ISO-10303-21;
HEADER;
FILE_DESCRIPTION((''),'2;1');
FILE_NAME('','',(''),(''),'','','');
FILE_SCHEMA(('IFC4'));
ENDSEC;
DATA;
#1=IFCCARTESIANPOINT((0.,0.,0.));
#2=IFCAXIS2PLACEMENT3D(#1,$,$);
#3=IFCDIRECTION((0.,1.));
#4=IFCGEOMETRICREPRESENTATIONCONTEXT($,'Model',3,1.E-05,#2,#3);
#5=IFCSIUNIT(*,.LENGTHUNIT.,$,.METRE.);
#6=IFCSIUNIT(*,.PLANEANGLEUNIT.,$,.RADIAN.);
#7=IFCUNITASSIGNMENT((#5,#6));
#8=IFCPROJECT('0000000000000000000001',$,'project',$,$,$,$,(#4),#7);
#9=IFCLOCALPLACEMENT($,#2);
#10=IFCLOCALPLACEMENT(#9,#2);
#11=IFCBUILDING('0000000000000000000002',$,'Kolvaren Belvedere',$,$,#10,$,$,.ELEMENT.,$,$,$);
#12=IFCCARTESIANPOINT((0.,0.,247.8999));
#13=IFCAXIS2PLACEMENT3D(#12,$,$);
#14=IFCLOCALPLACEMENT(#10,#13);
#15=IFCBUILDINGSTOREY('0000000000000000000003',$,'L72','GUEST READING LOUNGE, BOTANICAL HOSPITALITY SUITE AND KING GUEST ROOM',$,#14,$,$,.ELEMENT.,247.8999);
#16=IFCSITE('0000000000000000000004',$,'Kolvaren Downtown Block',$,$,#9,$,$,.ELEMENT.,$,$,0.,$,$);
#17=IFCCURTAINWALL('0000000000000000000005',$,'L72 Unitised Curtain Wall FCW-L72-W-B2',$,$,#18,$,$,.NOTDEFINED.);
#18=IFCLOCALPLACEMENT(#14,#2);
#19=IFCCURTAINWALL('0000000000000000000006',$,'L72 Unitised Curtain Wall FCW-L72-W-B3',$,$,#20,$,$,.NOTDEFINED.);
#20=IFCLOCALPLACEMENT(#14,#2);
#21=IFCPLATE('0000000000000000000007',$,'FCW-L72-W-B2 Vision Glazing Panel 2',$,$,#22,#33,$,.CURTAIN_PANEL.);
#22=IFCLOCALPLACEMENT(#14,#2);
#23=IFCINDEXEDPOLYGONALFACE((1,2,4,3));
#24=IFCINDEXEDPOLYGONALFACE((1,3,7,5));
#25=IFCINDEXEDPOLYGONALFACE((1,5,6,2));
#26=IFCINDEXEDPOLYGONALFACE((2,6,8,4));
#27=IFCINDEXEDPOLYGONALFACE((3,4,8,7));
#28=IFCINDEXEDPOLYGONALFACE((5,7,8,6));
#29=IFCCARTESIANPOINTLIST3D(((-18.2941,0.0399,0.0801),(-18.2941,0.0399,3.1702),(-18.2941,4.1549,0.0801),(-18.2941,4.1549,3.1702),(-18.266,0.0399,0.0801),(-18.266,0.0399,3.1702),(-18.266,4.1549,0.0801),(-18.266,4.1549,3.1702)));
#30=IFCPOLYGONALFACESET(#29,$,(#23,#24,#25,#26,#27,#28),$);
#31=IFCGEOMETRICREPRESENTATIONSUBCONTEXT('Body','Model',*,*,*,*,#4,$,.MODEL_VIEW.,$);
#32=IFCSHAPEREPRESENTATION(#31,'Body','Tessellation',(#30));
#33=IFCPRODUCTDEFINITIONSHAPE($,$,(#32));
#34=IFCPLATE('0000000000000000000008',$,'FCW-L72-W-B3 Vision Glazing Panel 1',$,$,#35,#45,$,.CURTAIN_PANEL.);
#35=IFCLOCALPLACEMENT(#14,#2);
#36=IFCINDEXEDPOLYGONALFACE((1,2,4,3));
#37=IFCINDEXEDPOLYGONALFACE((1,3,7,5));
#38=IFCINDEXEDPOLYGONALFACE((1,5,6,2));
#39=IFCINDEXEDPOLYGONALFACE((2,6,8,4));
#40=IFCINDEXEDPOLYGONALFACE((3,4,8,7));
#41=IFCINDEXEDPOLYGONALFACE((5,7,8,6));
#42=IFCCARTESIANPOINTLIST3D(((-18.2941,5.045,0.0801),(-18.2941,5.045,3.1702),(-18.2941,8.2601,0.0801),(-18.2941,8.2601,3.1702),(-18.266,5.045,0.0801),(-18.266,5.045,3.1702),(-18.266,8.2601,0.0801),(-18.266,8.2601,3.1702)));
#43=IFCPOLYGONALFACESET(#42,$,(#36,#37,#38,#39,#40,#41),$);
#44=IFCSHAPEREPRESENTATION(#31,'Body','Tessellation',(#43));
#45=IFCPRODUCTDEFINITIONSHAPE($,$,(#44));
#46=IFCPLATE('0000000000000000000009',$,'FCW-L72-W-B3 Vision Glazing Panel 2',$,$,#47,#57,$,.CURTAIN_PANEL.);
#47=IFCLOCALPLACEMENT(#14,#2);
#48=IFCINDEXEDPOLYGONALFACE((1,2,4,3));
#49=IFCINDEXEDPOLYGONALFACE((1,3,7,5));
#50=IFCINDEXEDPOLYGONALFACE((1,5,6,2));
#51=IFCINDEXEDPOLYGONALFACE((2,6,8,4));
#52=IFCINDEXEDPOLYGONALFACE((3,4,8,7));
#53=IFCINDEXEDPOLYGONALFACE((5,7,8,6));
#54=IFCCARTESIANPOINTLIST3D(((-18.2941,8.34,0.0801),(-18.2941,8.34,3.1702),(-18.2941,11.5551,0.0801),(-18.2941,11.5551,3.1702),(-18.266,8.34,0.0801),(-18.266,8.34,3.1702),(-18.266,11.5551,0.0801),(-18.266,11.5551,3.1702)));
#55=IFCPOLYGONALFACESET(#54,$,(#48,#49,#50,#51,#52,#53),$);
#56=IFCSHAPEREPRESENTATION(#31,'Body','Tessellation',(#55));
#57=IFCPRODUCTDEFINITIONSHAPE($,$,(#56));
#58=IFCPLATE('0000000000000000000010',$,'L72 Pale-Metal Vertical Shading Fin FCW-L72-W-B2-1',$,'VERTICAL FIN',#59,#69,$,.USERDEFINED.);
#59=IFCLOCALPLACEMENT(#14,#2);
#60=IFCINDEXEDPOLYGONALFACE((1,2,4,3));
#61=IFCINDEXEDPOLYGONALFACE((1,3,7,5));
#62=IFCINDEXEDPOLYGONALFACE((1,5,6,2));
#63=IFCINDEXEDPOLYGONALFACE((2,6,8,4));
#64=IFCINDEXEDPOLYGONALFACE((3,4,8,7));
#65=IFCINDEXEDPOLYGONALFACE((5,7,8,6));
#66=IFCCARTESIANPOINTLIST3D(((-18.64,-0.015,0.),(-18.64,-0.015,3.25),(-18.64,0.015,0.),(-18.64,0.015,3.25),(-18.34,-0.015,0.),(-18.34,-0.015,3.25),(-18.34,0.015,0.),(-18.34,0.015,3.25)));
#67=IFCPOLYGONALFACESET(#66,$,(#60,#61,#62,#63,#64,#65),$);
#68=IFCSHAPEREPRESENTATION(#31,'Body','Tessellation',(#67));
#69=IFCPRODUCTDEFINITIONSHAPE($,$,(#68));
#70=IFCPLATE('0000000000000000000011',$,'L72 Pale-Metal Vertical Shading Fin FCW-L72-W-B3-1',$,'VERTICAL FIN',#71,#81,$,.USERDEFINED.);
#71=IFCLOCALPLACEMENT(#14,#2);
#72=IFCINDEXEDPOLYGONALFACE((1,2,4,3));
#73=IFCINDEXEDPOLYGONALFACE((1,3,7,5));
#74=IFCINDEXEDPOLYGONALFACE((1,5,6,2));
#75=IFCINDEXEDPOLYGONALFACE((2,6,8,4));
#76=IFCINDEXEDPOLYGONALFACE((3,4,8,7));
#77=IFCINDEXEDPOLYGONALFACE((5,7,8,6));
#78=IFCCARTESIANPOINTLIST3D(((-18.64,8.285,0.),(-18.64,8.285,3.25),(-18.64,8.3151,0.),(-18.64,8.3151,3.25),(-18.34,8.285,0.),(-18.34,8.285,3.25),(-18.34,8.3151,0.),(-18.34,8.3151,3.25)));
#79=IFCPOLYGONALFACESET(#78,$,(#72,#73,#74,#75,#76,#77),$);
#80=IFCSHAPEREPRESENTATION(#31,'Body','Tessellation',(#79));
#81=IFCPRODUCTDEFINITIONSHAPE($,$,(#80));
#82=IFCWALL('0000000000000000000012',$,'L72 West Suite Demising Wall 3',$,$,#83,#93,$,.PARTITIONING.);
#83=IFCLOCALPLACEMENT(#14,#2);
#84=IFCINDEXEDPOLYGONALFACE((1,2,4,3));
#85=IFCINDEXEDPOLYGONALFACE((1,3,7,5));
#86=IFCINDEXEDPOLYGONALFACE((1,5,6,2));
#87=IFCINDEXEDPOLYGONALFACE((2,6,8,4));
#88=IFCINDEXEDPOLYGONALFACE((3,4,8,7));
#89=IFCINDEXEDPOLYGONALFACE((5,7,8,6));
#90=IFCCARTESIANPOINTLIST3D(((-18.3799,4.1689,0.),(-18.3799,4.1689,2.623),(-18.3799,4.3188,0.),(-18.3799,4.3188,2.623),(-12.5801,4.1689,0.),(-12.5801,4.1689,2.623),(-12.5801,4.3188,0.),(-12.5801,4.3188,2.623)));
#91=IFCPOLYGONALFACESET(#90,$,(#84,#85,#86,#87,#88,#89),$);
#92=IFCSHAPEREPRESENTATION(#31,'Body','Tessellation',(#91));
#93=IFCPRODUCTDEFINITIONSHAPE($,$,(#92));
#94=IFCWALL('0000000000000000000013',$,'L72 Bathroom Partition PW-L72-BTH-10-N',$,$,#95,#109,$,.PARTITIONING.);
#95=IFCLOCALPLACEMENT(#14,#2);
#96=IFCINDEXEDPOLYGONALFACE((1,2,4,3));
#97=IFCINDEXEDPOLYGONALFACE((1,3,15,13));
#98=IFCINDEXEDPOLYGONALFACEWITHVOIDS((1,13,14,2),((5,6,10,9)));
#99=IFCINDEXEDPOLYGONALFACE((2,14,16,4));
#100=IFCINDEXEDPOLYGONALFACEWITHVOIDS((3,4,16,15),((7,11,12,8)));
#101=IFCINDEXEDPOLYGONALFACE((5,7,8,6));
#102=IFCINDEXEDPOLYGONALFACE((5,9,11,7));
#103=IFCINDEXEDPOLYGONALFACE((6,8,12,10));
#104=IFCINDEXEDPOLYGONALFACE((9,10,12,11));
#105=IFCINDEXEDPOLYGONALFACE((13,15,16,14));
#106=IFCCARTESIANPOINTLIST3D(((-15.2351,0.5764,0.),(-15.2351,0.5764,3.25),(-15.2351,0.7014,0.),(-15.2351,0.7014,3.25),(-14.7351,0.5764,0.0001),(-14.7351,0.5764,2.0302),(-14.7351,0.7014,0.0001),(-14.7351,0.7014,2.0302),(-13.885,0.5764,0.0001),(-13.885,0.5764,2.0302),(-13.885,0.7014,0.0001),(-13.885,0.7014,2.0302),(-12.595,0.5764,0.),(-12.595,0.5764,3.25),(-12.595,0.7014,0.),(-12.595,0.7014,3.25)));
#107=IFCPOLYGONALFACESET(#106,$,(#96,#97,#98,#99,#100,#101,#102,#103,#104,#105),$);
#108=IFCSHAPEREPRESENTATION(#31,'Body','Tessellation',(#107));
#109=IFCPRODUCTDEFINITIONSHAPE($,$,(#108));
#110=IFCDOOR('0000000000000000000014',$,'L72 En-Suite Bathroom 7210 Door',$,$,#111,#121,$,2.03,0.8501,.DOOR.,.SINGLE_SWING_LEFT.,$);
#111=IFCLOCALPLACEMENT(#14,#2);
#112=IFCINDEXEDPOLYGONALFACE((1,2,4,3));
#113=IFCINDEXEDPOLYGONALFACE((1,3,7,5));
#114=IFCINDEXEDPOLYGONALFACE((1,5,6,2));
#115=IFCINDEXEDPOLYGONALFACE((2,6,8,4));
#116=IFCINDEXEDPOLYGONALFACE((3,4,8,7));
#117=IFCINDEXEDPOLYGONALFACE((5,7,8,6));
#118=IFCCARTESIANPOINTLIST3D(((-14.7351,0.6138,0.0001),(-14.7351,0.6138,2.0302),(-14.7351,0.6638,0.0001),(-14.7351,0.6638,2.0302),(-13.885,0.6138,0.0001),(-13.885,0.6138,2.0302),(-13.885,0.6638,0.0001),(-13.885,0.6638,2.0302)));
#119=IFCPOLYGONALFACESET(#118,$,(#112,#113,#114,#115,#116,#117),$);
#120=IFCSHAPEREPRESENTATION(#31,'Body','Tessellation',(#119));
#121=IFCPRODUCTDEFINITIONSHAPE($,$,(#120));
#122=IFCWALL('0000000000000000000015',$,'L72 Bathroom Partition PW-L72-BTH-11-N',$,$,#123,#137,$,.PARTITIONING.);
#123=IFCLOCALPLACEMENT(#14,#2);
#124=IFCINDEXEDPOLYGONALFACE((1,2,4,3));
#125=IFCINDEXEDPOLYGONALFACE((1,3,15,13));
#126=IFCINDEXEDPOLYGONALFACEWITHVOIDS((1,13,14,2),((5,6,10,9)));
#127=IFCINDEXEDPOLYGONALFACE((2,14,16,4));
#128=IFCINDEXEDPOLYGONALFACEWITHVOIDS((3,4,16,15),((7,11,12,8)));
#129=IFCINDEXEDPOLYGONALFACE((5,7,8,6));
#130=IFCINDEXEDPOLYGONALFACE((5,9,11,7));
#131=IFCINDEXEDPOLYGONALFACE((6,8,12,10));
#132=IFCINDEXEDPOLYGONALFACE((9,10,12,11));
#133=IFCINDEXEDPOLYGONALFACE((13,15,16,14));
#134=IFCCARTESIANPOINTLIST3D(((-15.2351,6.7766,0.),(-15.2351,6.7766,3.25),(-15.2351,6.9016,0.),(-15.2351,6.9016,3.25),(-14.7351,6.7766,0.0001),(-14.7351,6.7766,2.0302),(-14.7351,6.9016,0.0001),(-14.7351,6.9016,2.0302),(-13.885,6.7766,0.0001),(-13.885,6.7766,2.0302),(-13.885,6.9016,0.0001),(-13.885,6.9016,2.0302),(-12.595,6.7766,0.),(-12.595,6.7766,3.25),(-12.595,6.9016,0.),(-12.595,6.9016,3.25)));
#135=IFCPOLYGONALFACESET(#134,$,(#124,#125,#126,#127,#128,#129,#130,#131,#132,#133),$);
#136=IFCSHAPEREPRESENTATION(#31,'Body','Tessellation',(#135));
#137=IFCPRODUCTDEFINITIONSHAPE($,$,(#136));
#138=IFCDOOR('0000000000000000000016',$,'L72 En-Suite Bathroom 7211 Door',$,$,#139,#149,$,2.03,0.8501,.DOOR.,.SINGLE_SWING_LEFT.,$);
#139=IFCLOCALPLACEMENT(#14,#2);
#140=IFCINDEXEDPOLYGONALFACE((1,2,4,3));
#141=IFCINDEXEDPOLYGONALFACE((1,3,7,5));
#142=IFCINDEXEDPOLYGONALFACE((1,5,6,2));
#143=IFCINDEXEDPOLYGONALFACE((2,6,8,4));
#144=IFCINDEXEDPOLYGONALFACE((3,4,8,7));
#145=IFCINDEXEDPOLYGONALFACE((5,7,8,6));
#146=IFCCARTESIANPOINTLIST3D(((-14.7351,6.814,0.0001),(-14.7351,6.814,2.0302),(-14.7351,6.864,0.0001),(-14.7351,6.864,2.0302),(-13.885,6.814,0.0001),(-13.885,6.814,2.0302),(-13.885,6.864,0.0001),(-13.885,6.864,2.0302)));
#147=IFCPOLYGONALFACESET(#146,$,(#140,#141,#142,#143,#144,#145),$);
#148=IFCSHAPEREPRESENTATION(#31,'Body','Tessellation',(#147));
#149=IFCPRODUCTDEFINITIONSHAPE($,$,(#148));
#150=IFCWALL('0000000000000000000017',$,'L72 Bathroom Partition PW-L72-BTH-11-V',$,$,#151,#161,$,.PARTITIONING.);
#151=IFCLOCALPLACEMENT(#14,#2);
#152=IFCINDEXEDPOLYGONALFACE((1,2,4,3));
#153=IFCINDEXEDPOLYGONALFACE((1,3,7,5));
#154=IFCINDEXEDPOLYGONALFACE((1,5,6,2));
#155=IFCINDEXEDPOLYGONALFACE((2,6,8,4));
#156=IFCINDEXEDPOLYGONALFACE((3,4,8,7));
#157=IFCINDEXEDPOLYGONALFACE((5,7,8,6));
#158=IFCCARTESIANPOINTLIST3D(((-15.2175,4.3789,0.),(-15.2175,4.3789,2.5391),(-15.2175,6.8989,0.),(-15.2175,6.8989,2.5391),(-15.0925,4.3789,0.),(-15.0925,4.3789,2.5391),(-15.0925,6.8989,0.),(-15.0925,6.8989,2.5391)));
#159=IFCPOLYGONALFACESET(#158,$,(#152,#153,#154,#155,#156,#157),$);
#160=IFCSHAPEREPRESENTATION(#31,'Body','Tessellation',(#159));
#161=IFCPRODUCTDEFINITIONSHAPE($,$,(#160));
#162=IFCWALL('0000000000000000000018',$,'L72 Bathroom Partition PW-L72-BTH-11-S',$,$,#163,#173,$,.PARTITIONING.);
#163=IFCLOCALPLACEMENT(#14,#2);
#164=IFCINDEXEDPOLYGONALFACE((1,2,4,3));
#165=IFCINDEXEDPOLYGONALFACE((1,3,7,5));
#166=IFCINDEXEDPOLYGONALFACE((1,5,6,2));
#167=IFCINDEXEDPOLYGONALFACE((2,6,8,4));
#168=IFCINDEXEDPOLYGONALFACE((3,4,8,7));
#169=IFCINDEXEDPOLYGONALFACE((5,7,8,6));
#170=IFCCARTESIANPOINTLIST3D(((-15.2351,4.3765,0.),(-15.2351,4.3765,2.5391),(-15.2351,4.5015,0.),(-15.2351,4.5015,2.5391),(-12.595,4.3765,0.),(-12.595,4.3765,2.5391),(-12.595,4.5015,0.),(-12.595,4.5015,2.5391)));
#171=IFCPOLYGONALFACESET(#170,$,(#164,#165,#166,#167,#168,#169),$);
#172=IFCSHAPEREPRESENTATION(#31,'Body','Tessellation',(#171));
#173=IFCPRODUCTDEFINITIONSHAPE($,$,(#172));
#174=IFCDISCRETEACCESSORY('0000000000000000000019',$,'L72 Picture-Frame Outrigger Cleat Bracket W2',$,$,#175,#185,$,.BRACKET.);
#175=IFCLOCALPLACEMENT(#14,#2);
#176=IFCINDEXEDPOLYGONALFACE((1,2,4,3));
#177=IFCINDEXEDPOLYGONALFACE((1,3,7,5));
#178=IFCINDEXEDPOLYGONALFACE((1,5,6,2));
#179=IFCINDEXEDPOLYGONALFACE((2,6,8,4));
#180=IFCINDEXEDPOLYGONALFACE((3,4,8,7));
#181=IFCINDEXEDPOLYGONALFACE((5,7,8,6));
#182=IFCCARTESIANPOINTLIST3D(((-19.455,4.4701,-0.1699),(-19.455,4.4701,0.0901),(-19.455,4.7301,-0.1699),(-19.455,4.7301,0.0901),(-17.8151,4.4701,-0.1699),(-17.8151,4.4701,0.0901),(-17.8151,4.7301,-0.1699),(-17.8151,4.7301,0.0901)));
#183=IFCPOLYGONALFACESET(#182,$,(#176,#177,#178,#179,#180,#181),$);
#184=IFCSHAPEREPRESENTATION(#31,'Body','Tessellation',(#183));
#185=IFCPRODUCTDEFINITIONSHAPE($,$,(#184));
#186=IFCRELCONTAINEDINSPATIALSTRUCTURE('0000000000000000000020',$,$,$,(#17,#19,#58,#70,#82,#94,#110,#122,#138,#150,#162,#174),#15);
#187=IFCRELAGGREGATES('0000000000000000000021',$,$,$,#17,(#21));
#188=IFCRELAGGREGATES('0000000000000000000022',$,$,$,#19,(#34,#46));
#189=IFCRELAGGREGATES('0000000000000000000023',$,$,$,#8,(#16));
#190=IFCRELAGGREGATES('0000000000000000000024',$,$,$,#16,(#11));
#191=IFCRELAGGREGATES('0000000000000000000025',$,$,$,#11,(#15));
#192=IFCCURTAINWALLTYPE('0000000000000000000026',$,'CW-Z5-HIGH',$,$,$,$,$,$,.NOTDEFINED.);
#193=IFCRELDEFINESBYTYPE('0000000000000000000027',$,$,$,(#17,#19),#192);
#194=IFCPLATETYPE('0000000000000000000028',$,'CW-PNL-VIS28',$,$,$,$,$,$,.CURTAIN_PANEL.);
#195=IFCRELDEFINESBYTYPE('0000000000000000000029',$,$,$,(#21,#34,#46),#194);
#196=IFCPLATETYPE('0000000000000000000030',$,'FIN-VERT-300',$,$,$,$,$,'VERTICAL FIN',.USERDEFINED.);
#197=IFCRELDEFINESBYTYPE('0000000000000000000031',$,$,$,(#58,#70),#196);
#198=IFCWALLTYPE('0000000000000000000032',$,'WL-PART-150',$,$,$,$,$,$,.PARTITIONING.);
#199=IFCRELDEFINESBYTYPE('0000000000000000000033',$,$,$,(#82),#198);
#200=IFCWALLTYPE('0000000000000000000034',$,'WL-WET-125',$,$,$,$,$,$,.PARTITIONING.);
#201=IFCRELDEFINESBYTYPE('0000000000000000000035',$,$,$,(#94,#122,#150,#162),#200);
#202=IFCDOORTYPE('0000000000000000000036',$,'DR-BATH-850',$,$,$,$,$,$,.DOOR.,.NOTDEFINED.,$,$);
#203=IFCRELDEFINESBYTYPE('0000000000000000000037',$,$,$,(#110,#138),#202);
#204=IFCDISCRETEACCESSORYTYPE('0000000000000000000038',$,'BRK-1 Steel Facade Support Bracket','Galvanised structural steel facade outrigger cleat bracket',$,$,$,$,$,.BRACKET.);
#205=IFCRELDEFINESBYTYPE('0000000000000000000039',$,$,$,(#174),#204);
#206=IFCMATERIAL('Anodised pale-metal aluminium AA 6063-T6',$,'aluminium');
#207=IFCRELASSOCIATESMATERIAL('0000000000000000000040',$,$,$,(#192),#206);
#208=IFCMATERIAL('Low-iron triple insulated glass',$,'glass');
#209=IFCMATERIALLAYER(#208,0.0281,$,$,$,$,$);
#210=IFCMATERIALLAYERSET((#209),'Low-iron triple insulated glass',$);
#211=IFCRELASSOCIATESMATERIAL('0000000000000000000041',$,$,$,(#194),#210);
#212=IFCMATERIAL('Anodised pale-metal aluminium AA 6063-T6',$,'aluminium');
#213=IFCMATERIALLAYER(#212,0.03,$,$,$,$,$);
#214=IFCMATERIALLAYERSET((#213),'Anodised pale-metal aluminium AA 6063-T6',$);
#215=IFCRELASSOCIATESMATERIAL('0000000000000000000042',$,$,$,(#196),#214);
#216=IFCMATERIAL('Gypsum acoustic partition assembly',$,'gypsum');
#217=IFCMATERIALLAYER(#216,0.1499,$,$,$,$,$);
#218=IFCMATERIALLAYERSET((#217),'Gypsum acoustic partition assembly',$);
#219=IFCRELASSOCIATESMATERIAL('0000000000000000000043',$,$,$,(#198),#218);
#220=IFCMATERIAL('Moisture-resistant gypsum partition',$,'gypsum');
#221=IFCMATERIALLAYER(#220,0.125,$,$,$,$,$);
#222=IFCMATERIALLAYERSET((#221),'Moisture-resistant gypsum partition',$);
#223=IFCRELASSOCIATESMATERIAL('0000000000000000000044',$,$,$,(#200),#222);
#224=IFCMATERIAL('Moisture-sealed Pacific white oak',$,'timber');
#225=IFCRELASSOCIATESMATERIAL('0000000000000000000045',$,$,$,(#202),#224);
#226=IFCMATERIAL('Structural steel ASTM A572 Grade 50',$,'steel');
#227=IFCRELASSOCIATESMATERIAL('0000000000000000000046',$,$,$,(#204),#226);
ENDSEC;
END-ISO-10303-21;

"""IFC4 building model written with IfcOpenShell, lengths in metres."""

from ifc_helpers import new_model, si_unit, direction, frame, frame_2d, origin, origin_2d, place, context, subcontext, project, spatial, rectangle, extrude, material, layer, layer_set, type_object, element, fill, aggregate, save


model = new_model("IFC4")

# Units and contexts
model_context = context("Model", 3, precision=1e-05, world=origin(), true_north=direction((0.0, 1.0)))
body_context = subcontext(model_context, "Body", "Model", "MODEL_VIEW")
ifc_project = project(units=[si_unit("LENGTHUNIT", "METRE"), si_unit("PLANEANGLEUNIT", "RADIAN")], contexts=[model_context])

# Site, building, storey
site_placement = place(None, origin())
site = spatial("IfcSite", under=ifc_project, at=site_placement, Name="Kolvaren Downtown Block", CompositionType="ELEMENT", RefElevation=0.0)
building_placement = place(site_placement, origin())
building = spatial("IfcBuilding", under=site, at=building_placement, Name="Kolvaren Belvedere", CompositionType="ELEMENT")
storey_placement = place(building_placement, frame((0.0, 0.0, 247.8999)))
storey = spatial("IfcBuildingStorey", under=building, at=storey_placement, Name="L72", Description="GUEST READING LOUNGE, BOTANICAL HOSPITALITY SUITE AND KING GUEST ROOM", CompositionType="ELEMENT", Elevation=247.8999)

# Curtain walls
ifc_material_1 = material(Name="Anodised pale-metal aluminium AA 6063-T6", Category="aluminium")
curtain_wall_type = type_object("IfcCurtainWallType", Name="CW-Z5-HIGH", PredefinedType="NOTDEFINED", material=ifc_material_1)
curtain_wall_1_placement = place(storey_placement, origin())
curtain_wall_1 = element("IfcCurtainWall", 1, at=curtain_wall_1_placement, inside=storey, type_object=curtain_wall_type, Name="L72 Unitised Curtain Wall FCW-L72-W-B2", PredefinedType="NOTDEFINED")
curtain_wall_2_placement = place(storey_placement, origin())
curtain_wall_2 = element("IfcCurtainWall", 2, at=curtain_wall_2_placement, inside=storey, type_object=curtain_wall_type, Name="L72 Unitised Curtain Wall FCW-L72-W-B3", PredefinedType="NOTDEFINED")

# Plates
ifc_material_2 = material(Name="Low-iron triple insulated glass", Category="glass")
ifc_layer_1 = layer(ifc_material_2, 0.0281)
ifc_layer_set_1 = layer_set([ifc_layer_1], Name="Low-iron triple insulated glass")
plate_type_1 = type_object("IfcPlateType", Name="CW-PNL-VIS28", PredefinedType="CURTAIN_PANEL", material=ifc_layer_set_1)
plate_1_placement = place(storey_placement, frame((-18.28, 2.0974, 0.0801), z_axis=(0.0, 0.0, 1.0), x_axis=(0.0, 1.0, 0.0)))
plate_1 = element("IfcPlate", 3, at=plate_1_placement, type_object=plate_type_1, Name="FCW-L72-W-B2 Vision Glazing Panel 2", PredefinedType="CURTAIN_PANEL", context=body_context, shape_type="SweptSolid", body=[
    extrude(rectangle(XDim=4.115, YDim=0.0281, at=origin_2d()), origin(), (0.0, 0.0, 1.0), 3.0901),
])
aggregate(curtain_wall_1, [plate_1])
plate_2_placement = place(storey_placement, frame((-18.28, 6.6526, 0.0801), z_axis=(0.0, 0.0, 1.0), x_axis=(0.0, 1.0, 0.0)))
plate_2 = element("IfcPlate", 4, at=plate_2_placement, type_object=plate_type_1, Name="FCW-L72-W-B3 Vision Glazing Panel 1", PredefinedType="CURTAIN_PANEL", context=body_context, shape_type="SweptSolid", body=[
    extrude(rectangle(XDim=3.2151, YDim=0.0281, at=origin_2d()), origin(), (0.0, 0.0, 1.0), 3.0901),
])
plate_3_placement = place(storey_placement, frame((-18.28, 9.9475, 0.0801), z_axis=(0.0, 0.0, 1.0), x_axis=(0.0, 1.0, 0.0)))
plate_3 = element("IfcPlate", 5, at=plate_3_placement, type_object=plate_type_1, Name="FCW-L72-W-B3 Vision Glazing Panel 2", PredefinedType="CURTAIN_PANEL", context=body_context, shape_type="SweptSolid", body=[
    extrude(rectangle(XDim=3.2151, YDim=0.0281, at=origin_2d()), origin(), (0.0, 0.0, 1.0), 3.0901),
])
aggregate(curtain_wall_2, [plate_2, plate_3])

# Plates
ifc_material_3 = material(Name="Anodised pale-metal aluminium AA 6063-T6", Category="aluminium")
ifc_layer_2 = layer(ifc_material_3, 0.03)
ifc_layer_set_2 = layer_set([ifc_layer_2], Name="Anodised pale-metal aluminium AA 6063-T6")
plate_type_2 = type_object("IfcPlateType", Name="FIN-VERT-300", ElementType="VERTICAL FIN", PredefinedType="USERDEFINED", material=ifc_layer_set_2)
for number, where, z_axis, x_axis, name in (
    (6, (-18.49, 0.0, 0.0), (0.0, 0.0, 1.0), (1.0, 0.0, 0.0), "L72 Pale-Metal Vertical Shading Fin FCW-L72-W-B2-1"),
    (7, (-18.49, 8.3, 0.0), (0.0, 0.0, 1.0), (1.0, 0.0, 0.0), "L72 Pale-Metal Vertical Shading Fin FCW-L72-W-B3-1"),
):
    element("IfcPlate", number, at=place(storey_placement, frame(where, z_axis=z_axis, x_axis=x_axis)), inside=storey, type_object=plate_type_2, Name=name, ObjectType="VERTICAL FIN", PredefinedType="USERDEFINED", context=body_context, shape_type="SweptSolid", body=[
        extrude(rectangle(XDim=0.3, YDim=0.03, at=origin_2d()), origin(), (0.0, 0.0, 1.0), 3.25),
    ])

# Wall
ifc_material_4 = material(Name="Gypsum acoustic partition assembly", Category="gypsum")
ifc_layer_3 = layer(ifc_material_4, 0.1499)
ifc_layer_set_3 = layer_set([ifc_layer_3], Name="Gypsum acoustic partition assembly")
wall_type_1 = type_object("IfcWallType", Name="WL-PART-150", PredefinedType="PARTITIONING", material=ifc_layer_set_3)
wall_1_placement = place(storey_placement, frame((-18.3799, 4.2439, 0.0), z_axis=(0.0, 0.0, 1.0), x_axis=(1.0, 0.0, 0.0)))
element("IfcWall", 8, at=wall_1_placement, inside=storey, type_object=wall_type_1, Name="L72 West Suite Demising Wall 3", PredefinedType="PARTITIONING", context=body_context, shape_type="SweptSolid", body=[
    extrude(rectangle(XDim=5.7998, YDim=0.1499, at=frame_2d((2.8999, 0.0))), origin(), (0.0, 0.0, 1.0), 2.623),
])

# Walls, openings, doors
ifc_material_5 = material(Name="Moisture-resistant gypsum partition", Category="gypsum")
ifc_layer_4 = layer(ifc_material_5, 0.125)
ifc_layer_set_4 = layer_set([ifc_layer_4], Name="Moisture-resistant gypsum partition")
wall_type_2 = type_object("IfcWallType", Name="WL-WET-125", PredefinedType="PARTITIONING", material=ifc_layer_set_4)
wall_2_placement = place(storey_placement, frame((-15.2351, 0.6389, 0.0), z_axis=(0.0, 0.0, 1.0), x_axis=(1.0, 0.0, 0.0)))
wall_2 = element("IfcWall", 9, at=wall_2_placement, inside=storey, type_object=wall_type_2, Name="L72 Bathroom Partition PW-L72-BTH-10-N", PredefinedType="PARTITIONING", context=body_context, shape_type="SweptSolid", body=[
    extrude(rectangle(XDim=2.6401, YDim=0.125, at=frame_2d((1.3201, 0.0))), origin(), (0.0, 0.0, 1.0), 3.25),
])
opening_1_placement = place(wall_2_placement, frame((0.5, 0.0, 0.0)))
opening_1 = element("IfcOpeningElement", 10, at=opening_1_placement, cuts=wall_2, PredefinedType="OPENING", context=body_context, shape_type="SweptSolid", body=[
    extrude(rectangle(XDim=0.8501, YDim=2.03, at=frame_2d((0.425, 1.0151))), frame((0.0, 0.0725, 0.0), z_axis=(0.0, -1.0, 0.0), x_axis=(1.0, 0.0, 0.0)), (0.0, 0.0, 1.0), 0.145),
])
ifc_material_6 = material(Name="Moisture-sealed Pacific white oak", Category="timber")
door_type = type_object("IfcDoorType", Name="DR-BATH-850", OperationType="NOTDEFINED", PredefinedType="DOOR", material=ifc_material_6)
door_1_placement = place(opening_1_placement, origin())
door_1 = element("IfcDoor", 11, at=door_1_placement, inside=storey, type_object=door_type, Name="L72 En-Suite Bathroom 7210 Door", OperationType="SINGLE_SWING_LEFT", OverallHeight=2.03, OverallWidth=0.8501, PredefinedType="DOOR", context=body_context, shape_type="SweptSolid", body=[
    extrude(rectangle(XDim=0.8501, YDim=2.03, at=frame_2d((0.425, 1.0151))), frame((0.0, 0.0249, 0.0), z_axis=(0.0, -1.0, 0.0), x_axis=(1.0, 0.0, 0.0)), (0.0, 0.0, 1.0), 0.05),
])
fill(opening_1, door_1)
wall_3_placement = place(storey_placement, frame((-15.2351, 6.8391, 0.0), z_axis=(0.0, 0.0, 1.0), x_axis=(1.0, 0.0, 0.0)))
wall_3 = element("IfcWall", 12, at=wall_3_placement, inside=storey, type_object=wall_type_2, Name="L72 Bathroom Partition PW-L72-BTH-11-N", PredefinedType="PARTITIONING", context=body_context, shape_type="SweptSolid", body=[
    extrude(rectangle(XDim=2.6401, YDim=0.125, at=frame_2d((1.3201, 0.0))), origin(), (0.0, 0.0, 1.0), 3.25),
])
opening_2_placement = place(wall_3_placement, frame((0.5, 0.0, 0.0)))
opening_2 = element("IfcOpeningElement", 13, at=opening_2_placement, cuts=wall_3, PredefinedType="OPENING", context=body_context, shape_type="SweptSolid", body=[
    extrude(rectangle(XDim=0.8501, YDim=2.03, at=frame_2d((0.425, 1.0151))), frame((0.0, 0.0725, 0.0), z_axis=(0.0, -1.0, 0.0), x_axis=(1.0, 0.0, 0.0)), (0.0, 0.0, 1.0), 0.145),
])
door_2_placement = place(opening_2_placement, origin())
door_2 = element("IfcDoor", 14, at=door_2_placement, inside=storey, type_object=door_type, Name="L72 En-Suite Bathroom 7211 Door", OperationType="SINGLE_SWING_LEFT", OverallHeight=2.03, OverallWidth=0.8501, PredefinedType="DOOR", context=body_context, shape_type="SweptSolid", body=[
    extrude(rectangle(XDim=0.8501, YDim=2.03, at=frame_2d((0.425, 1.0151))), frame((0.0, 0.0249, 0.0), z_axis=(0.0, -1.0, 0.0), x_axis=(1.0, 0.0, 0.0)), (0.0, 0.0, 1.0), 0.05),
])
fill(opening_2, door_2)

# Walls
wall_4_placement = place(storey_placement, frame((-15.155, 4.3789, 0.0), z_axis=(0.0, 0.0, 1.0), x_axis=(0.0, 1.0, 0.0)))
element("IfcWall", 15, at=wall_4_placement, inside=storey, type_object=wall_type_2, Name="L72 Bathroom Partition PW-L72-BTH-11-V", PredefinedType="PARTITIONING", context=body_context, shape_type="SweptSolid", body=[
    extrude(rectangle(XDim=2.52, YDim=0.125, at=frame_2d((1.26, 0.0))), origin(), (0.0, 0.0, 1.0), 2.5391),
])
wall_5_placement = place(storey_placement, frame((-15.2351, 4.439, 0.0), z_axis=(0.0, 0.0, 1.0), x_axis=(1.0, 0.0, 0.0)))
element("IfcWall", 16, at=wall_5_placement, inside=storey, type_object=wall_type_2, Name="L72 Bathroom Partition PW-L72-BTH-11-S", PredefinedType="PARTITIONING", context=body_context, shape_type="SweptSolid", body=[
    extrude(rectangle(XDim=2.6401, YDim=0.125, at=frame_2d((1.3201, 0.0))), origin(), (0.0, 0.0, 1.0), 2.5391),
])

# Discrete accessory
ifc_material_7 = material(Name="Structural steel ASTM A572 Grade 50", Category="steel")
discrete_accessory_type = type_object("IfcDiscreteAccessoryType", Name="BRK-1 Steel Facade Support Bracket", Description="Galvanised structural steel facade outrigger cleat bracket", PredefinedType="BRACKET", material=ifc_material_7)
discrete_accessory_placement = place(storey_placement, frame((-18.635, 4.6001, -0.1699), z_axis=(0.0, 0.0, 1.0), x_axis=(1.0, 0.0, 0.0)))
element("IfcDiscreteAccessory", 17, at=discrete_accessory_placement, inside=storey, type_object=discrete_accessory_type, Name="L72 Picture-Frame Outrigger Cleat Bracket W2", PredefinedType="BRACKET", context=body_context, shape_type="SweptSolid", body=[
    extrude(rectangle(XDim=1.6399, YDim=0.26, at=origin_2d()), origin(), (0.0, 0.0, 1.0), 0.26),
])

save(model, "model.ifc")
